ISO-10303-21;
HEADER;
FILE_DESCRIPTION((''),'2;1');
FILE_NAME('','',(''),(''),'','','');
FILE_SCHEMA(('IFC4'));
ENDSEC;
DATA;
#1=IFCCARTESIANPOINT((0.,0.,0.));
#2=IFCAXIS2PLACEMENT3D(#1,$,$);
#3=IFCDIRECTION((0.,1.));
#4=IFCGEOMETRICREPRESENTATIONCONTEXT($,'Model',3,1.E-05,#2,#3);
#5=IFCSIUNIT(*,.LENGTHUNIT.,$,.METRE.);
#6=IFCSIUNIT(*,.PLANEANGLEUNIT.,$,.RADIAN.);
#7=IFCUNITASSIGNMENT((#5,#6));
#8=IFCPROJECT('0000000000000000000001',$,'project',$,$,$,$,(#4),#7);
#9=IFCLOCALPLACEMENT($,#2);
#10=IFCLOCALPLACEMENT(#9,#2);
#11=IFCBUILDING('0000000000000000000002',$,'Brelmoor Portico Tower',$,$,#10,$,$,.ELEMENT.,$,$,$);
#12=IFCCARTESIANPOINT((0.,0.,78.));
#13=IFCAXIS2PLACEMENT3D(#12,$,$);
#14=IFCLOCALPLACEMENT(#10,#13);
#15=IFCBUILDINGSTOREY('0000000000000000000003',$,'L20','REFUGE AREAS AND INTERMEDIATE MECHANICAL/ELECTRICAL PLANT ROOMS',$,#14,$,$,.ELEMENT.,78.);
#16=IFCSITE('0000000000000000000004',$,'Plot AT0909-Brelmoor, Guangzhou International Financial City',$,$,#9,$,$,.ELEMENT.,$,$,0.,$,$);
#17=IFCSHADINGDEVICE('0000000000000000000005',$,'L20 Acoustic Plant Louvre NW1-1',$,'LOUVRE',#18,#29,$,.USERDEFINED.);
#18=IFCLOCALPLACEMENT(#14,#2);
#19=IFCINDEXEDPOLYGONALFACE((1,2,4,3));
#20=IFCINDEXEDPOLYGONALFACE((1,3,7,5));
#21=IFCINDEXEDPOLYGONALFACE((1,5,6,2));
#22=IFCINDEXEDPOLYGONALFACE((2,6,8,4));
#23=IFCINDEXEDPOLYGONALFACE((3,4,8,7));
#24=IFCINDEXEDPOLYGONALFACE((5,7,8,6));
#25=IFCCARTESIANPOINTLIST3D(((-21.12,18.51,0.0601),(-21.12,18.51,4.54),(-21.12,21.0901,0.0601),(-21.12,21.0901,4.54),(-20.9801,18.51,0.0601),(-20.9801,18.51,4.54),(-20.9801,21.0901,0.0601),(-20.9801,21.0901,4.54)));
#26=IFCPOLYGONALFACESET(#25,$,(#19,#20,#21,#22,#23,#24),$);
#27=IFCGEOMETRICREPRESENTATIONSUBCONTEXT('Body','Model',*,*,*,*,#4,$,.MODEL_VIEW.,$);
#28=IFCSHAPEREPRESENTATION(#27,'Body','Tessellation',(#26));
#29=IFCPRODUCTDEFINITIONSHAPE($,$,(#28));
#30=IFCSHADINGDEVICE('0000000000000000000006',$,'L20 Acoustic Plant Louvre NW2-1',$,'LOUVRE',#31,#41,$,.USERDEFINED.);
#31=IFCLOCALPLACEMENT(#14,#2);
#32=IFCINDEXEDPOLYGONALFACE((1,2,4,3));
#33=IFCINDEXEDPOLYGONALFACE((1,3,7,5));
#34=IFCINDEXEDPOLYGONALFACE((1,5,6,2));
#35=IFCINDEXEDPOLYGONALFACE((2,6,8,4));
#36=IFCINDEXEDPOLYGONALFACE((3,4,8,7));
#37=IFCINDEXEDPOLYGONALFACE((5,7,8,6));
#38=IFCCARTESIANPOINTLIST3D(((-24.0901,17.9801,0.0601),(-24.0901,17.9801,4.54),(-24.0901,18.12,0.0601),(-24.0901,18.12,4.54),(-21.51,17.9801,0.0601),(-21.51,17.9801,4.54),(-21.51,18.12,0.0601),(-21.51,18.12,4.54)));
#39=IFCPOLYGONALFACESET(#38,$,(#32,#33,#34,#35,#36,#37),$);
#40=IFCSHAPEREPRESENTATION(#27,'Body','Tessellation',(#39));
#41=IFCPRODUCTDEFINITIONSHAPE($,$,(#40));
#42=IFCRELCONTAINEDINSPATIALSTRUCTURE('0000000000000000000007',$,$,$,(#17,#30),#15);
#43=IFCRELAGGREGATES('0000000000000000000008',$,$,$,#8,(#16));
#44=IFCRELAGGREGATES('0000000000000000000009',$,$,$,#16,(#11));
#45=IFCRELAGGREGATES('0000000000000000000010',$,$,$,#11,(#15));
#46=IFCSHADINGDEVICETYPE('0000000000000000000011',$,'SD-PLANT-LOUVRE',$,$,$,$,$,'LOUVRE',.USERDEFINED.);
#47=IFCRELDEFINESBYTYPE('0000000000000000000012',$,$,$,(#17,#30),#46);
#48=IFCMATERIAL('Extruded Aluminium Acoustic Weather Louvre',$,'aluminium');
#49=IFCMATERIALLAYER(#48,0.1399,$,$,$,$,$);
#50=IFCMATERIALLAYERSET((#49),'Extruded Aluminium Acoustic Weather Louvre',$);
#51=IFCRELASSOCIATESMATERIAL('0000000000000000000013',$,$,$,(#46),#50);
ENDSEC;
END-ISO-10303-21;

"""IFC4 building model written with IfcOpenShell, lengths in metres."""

from ifc_helpers import new_model, si_unit, direction, frame, origin, origin_2d, place, context, subcontext, project, spatial, rectangle, extrude, material, layer, layer_set, type_object, element, save


model = new_model("IFC4")

# Units and contexts
model_context = context("Model", 3, precision=1e-05, world=origin(), true_north=direction((0.0, 1.0)))
body_context = subcontext(model_context, "Body", "Model", "MODEL_VIEW")
ifc_project = project(units=[si_unit("LENGTHUNIT", "METRE"), si_unit("PLANEANGLEUNIT", "RADIAN")], contexts=[model_context])

# Site, building, storey
site_placement = place(None, origin())
site = spatial("IfcSite", under=ifc_project, at=site_placement, Name="Plot AT0909-Brelmoor, Guangzhou International Financial City", CompositionType="ELEMENT", RefElevation=0.0)
building_placement = place(site_placement, origin())
building = spatial("IfcBuilding", under=site, at=building_placement, Name="Brelmoor Portico Tower", CompositionType="ELEMENT")
storey_placement = place(building_placement, frame((0.0, 0.0, 78.0)))
storey = spatial("IfcBuildingStorey", under=building, at=storey_placement, Name="L20", Description="REFUGE AREAS AND INTERMEDIATE MECHANICAL/ELECTRICAL PLANT ROOMS", CompositionType="ELEMENT", Elevation=78.0)

# Shading devices
ifc_material_1 = material(Name="Extruded Aluminium Acoustic Weather Louvre", Category="aluminium")
ifc_layer_1 = layer(ifc_material_1, 0.1399)
ifc_layer_set_1 = layer_set([ifc_layer_1], Name="Extruded Aluminium Acoustic Weather Louvre")
shading_device_type = type_object("IfcShadingDeviceType", Name="SD-PLANT-LOUVRE", ElementType="LOUVRE", PredefinedType="USERDEFINED", material=ifc_layer_set_1)
for number, where, z_axis, x_axis, name in (
    (1, (-21.05, 19.8, 0.0601), (0.0, 0.0, 1.0), (0.0, 1.0, 0.0), "L20 Acoustic Plant Louvre NW1-1"),
    (2, (-22.8, 18.05, 0.0601), (0.0, 0.0, 1.0), (1.0, 0.0, 0.0), "L20 Acoustic Plant Louvre NW2-1"),
):
    element("IfcShadingDevice", number, at=place(storey_placement, frame(where, z_axis=z_axis, x_axis=x_axis)), inside=storey, type_object=shading_device_type, Name=name, ObjectType="LOUVRE", PredefinedType="USERDEFINED", context=body_context, shape_type="SweptSolid", body=[
        extrude(rectangle(XDim=2.5801, YDim=0.1399, at=origin_2d()), origin(), (0.0, 0.0, 1.0), 4.48),
    ])

save(model, "model.ifc")
